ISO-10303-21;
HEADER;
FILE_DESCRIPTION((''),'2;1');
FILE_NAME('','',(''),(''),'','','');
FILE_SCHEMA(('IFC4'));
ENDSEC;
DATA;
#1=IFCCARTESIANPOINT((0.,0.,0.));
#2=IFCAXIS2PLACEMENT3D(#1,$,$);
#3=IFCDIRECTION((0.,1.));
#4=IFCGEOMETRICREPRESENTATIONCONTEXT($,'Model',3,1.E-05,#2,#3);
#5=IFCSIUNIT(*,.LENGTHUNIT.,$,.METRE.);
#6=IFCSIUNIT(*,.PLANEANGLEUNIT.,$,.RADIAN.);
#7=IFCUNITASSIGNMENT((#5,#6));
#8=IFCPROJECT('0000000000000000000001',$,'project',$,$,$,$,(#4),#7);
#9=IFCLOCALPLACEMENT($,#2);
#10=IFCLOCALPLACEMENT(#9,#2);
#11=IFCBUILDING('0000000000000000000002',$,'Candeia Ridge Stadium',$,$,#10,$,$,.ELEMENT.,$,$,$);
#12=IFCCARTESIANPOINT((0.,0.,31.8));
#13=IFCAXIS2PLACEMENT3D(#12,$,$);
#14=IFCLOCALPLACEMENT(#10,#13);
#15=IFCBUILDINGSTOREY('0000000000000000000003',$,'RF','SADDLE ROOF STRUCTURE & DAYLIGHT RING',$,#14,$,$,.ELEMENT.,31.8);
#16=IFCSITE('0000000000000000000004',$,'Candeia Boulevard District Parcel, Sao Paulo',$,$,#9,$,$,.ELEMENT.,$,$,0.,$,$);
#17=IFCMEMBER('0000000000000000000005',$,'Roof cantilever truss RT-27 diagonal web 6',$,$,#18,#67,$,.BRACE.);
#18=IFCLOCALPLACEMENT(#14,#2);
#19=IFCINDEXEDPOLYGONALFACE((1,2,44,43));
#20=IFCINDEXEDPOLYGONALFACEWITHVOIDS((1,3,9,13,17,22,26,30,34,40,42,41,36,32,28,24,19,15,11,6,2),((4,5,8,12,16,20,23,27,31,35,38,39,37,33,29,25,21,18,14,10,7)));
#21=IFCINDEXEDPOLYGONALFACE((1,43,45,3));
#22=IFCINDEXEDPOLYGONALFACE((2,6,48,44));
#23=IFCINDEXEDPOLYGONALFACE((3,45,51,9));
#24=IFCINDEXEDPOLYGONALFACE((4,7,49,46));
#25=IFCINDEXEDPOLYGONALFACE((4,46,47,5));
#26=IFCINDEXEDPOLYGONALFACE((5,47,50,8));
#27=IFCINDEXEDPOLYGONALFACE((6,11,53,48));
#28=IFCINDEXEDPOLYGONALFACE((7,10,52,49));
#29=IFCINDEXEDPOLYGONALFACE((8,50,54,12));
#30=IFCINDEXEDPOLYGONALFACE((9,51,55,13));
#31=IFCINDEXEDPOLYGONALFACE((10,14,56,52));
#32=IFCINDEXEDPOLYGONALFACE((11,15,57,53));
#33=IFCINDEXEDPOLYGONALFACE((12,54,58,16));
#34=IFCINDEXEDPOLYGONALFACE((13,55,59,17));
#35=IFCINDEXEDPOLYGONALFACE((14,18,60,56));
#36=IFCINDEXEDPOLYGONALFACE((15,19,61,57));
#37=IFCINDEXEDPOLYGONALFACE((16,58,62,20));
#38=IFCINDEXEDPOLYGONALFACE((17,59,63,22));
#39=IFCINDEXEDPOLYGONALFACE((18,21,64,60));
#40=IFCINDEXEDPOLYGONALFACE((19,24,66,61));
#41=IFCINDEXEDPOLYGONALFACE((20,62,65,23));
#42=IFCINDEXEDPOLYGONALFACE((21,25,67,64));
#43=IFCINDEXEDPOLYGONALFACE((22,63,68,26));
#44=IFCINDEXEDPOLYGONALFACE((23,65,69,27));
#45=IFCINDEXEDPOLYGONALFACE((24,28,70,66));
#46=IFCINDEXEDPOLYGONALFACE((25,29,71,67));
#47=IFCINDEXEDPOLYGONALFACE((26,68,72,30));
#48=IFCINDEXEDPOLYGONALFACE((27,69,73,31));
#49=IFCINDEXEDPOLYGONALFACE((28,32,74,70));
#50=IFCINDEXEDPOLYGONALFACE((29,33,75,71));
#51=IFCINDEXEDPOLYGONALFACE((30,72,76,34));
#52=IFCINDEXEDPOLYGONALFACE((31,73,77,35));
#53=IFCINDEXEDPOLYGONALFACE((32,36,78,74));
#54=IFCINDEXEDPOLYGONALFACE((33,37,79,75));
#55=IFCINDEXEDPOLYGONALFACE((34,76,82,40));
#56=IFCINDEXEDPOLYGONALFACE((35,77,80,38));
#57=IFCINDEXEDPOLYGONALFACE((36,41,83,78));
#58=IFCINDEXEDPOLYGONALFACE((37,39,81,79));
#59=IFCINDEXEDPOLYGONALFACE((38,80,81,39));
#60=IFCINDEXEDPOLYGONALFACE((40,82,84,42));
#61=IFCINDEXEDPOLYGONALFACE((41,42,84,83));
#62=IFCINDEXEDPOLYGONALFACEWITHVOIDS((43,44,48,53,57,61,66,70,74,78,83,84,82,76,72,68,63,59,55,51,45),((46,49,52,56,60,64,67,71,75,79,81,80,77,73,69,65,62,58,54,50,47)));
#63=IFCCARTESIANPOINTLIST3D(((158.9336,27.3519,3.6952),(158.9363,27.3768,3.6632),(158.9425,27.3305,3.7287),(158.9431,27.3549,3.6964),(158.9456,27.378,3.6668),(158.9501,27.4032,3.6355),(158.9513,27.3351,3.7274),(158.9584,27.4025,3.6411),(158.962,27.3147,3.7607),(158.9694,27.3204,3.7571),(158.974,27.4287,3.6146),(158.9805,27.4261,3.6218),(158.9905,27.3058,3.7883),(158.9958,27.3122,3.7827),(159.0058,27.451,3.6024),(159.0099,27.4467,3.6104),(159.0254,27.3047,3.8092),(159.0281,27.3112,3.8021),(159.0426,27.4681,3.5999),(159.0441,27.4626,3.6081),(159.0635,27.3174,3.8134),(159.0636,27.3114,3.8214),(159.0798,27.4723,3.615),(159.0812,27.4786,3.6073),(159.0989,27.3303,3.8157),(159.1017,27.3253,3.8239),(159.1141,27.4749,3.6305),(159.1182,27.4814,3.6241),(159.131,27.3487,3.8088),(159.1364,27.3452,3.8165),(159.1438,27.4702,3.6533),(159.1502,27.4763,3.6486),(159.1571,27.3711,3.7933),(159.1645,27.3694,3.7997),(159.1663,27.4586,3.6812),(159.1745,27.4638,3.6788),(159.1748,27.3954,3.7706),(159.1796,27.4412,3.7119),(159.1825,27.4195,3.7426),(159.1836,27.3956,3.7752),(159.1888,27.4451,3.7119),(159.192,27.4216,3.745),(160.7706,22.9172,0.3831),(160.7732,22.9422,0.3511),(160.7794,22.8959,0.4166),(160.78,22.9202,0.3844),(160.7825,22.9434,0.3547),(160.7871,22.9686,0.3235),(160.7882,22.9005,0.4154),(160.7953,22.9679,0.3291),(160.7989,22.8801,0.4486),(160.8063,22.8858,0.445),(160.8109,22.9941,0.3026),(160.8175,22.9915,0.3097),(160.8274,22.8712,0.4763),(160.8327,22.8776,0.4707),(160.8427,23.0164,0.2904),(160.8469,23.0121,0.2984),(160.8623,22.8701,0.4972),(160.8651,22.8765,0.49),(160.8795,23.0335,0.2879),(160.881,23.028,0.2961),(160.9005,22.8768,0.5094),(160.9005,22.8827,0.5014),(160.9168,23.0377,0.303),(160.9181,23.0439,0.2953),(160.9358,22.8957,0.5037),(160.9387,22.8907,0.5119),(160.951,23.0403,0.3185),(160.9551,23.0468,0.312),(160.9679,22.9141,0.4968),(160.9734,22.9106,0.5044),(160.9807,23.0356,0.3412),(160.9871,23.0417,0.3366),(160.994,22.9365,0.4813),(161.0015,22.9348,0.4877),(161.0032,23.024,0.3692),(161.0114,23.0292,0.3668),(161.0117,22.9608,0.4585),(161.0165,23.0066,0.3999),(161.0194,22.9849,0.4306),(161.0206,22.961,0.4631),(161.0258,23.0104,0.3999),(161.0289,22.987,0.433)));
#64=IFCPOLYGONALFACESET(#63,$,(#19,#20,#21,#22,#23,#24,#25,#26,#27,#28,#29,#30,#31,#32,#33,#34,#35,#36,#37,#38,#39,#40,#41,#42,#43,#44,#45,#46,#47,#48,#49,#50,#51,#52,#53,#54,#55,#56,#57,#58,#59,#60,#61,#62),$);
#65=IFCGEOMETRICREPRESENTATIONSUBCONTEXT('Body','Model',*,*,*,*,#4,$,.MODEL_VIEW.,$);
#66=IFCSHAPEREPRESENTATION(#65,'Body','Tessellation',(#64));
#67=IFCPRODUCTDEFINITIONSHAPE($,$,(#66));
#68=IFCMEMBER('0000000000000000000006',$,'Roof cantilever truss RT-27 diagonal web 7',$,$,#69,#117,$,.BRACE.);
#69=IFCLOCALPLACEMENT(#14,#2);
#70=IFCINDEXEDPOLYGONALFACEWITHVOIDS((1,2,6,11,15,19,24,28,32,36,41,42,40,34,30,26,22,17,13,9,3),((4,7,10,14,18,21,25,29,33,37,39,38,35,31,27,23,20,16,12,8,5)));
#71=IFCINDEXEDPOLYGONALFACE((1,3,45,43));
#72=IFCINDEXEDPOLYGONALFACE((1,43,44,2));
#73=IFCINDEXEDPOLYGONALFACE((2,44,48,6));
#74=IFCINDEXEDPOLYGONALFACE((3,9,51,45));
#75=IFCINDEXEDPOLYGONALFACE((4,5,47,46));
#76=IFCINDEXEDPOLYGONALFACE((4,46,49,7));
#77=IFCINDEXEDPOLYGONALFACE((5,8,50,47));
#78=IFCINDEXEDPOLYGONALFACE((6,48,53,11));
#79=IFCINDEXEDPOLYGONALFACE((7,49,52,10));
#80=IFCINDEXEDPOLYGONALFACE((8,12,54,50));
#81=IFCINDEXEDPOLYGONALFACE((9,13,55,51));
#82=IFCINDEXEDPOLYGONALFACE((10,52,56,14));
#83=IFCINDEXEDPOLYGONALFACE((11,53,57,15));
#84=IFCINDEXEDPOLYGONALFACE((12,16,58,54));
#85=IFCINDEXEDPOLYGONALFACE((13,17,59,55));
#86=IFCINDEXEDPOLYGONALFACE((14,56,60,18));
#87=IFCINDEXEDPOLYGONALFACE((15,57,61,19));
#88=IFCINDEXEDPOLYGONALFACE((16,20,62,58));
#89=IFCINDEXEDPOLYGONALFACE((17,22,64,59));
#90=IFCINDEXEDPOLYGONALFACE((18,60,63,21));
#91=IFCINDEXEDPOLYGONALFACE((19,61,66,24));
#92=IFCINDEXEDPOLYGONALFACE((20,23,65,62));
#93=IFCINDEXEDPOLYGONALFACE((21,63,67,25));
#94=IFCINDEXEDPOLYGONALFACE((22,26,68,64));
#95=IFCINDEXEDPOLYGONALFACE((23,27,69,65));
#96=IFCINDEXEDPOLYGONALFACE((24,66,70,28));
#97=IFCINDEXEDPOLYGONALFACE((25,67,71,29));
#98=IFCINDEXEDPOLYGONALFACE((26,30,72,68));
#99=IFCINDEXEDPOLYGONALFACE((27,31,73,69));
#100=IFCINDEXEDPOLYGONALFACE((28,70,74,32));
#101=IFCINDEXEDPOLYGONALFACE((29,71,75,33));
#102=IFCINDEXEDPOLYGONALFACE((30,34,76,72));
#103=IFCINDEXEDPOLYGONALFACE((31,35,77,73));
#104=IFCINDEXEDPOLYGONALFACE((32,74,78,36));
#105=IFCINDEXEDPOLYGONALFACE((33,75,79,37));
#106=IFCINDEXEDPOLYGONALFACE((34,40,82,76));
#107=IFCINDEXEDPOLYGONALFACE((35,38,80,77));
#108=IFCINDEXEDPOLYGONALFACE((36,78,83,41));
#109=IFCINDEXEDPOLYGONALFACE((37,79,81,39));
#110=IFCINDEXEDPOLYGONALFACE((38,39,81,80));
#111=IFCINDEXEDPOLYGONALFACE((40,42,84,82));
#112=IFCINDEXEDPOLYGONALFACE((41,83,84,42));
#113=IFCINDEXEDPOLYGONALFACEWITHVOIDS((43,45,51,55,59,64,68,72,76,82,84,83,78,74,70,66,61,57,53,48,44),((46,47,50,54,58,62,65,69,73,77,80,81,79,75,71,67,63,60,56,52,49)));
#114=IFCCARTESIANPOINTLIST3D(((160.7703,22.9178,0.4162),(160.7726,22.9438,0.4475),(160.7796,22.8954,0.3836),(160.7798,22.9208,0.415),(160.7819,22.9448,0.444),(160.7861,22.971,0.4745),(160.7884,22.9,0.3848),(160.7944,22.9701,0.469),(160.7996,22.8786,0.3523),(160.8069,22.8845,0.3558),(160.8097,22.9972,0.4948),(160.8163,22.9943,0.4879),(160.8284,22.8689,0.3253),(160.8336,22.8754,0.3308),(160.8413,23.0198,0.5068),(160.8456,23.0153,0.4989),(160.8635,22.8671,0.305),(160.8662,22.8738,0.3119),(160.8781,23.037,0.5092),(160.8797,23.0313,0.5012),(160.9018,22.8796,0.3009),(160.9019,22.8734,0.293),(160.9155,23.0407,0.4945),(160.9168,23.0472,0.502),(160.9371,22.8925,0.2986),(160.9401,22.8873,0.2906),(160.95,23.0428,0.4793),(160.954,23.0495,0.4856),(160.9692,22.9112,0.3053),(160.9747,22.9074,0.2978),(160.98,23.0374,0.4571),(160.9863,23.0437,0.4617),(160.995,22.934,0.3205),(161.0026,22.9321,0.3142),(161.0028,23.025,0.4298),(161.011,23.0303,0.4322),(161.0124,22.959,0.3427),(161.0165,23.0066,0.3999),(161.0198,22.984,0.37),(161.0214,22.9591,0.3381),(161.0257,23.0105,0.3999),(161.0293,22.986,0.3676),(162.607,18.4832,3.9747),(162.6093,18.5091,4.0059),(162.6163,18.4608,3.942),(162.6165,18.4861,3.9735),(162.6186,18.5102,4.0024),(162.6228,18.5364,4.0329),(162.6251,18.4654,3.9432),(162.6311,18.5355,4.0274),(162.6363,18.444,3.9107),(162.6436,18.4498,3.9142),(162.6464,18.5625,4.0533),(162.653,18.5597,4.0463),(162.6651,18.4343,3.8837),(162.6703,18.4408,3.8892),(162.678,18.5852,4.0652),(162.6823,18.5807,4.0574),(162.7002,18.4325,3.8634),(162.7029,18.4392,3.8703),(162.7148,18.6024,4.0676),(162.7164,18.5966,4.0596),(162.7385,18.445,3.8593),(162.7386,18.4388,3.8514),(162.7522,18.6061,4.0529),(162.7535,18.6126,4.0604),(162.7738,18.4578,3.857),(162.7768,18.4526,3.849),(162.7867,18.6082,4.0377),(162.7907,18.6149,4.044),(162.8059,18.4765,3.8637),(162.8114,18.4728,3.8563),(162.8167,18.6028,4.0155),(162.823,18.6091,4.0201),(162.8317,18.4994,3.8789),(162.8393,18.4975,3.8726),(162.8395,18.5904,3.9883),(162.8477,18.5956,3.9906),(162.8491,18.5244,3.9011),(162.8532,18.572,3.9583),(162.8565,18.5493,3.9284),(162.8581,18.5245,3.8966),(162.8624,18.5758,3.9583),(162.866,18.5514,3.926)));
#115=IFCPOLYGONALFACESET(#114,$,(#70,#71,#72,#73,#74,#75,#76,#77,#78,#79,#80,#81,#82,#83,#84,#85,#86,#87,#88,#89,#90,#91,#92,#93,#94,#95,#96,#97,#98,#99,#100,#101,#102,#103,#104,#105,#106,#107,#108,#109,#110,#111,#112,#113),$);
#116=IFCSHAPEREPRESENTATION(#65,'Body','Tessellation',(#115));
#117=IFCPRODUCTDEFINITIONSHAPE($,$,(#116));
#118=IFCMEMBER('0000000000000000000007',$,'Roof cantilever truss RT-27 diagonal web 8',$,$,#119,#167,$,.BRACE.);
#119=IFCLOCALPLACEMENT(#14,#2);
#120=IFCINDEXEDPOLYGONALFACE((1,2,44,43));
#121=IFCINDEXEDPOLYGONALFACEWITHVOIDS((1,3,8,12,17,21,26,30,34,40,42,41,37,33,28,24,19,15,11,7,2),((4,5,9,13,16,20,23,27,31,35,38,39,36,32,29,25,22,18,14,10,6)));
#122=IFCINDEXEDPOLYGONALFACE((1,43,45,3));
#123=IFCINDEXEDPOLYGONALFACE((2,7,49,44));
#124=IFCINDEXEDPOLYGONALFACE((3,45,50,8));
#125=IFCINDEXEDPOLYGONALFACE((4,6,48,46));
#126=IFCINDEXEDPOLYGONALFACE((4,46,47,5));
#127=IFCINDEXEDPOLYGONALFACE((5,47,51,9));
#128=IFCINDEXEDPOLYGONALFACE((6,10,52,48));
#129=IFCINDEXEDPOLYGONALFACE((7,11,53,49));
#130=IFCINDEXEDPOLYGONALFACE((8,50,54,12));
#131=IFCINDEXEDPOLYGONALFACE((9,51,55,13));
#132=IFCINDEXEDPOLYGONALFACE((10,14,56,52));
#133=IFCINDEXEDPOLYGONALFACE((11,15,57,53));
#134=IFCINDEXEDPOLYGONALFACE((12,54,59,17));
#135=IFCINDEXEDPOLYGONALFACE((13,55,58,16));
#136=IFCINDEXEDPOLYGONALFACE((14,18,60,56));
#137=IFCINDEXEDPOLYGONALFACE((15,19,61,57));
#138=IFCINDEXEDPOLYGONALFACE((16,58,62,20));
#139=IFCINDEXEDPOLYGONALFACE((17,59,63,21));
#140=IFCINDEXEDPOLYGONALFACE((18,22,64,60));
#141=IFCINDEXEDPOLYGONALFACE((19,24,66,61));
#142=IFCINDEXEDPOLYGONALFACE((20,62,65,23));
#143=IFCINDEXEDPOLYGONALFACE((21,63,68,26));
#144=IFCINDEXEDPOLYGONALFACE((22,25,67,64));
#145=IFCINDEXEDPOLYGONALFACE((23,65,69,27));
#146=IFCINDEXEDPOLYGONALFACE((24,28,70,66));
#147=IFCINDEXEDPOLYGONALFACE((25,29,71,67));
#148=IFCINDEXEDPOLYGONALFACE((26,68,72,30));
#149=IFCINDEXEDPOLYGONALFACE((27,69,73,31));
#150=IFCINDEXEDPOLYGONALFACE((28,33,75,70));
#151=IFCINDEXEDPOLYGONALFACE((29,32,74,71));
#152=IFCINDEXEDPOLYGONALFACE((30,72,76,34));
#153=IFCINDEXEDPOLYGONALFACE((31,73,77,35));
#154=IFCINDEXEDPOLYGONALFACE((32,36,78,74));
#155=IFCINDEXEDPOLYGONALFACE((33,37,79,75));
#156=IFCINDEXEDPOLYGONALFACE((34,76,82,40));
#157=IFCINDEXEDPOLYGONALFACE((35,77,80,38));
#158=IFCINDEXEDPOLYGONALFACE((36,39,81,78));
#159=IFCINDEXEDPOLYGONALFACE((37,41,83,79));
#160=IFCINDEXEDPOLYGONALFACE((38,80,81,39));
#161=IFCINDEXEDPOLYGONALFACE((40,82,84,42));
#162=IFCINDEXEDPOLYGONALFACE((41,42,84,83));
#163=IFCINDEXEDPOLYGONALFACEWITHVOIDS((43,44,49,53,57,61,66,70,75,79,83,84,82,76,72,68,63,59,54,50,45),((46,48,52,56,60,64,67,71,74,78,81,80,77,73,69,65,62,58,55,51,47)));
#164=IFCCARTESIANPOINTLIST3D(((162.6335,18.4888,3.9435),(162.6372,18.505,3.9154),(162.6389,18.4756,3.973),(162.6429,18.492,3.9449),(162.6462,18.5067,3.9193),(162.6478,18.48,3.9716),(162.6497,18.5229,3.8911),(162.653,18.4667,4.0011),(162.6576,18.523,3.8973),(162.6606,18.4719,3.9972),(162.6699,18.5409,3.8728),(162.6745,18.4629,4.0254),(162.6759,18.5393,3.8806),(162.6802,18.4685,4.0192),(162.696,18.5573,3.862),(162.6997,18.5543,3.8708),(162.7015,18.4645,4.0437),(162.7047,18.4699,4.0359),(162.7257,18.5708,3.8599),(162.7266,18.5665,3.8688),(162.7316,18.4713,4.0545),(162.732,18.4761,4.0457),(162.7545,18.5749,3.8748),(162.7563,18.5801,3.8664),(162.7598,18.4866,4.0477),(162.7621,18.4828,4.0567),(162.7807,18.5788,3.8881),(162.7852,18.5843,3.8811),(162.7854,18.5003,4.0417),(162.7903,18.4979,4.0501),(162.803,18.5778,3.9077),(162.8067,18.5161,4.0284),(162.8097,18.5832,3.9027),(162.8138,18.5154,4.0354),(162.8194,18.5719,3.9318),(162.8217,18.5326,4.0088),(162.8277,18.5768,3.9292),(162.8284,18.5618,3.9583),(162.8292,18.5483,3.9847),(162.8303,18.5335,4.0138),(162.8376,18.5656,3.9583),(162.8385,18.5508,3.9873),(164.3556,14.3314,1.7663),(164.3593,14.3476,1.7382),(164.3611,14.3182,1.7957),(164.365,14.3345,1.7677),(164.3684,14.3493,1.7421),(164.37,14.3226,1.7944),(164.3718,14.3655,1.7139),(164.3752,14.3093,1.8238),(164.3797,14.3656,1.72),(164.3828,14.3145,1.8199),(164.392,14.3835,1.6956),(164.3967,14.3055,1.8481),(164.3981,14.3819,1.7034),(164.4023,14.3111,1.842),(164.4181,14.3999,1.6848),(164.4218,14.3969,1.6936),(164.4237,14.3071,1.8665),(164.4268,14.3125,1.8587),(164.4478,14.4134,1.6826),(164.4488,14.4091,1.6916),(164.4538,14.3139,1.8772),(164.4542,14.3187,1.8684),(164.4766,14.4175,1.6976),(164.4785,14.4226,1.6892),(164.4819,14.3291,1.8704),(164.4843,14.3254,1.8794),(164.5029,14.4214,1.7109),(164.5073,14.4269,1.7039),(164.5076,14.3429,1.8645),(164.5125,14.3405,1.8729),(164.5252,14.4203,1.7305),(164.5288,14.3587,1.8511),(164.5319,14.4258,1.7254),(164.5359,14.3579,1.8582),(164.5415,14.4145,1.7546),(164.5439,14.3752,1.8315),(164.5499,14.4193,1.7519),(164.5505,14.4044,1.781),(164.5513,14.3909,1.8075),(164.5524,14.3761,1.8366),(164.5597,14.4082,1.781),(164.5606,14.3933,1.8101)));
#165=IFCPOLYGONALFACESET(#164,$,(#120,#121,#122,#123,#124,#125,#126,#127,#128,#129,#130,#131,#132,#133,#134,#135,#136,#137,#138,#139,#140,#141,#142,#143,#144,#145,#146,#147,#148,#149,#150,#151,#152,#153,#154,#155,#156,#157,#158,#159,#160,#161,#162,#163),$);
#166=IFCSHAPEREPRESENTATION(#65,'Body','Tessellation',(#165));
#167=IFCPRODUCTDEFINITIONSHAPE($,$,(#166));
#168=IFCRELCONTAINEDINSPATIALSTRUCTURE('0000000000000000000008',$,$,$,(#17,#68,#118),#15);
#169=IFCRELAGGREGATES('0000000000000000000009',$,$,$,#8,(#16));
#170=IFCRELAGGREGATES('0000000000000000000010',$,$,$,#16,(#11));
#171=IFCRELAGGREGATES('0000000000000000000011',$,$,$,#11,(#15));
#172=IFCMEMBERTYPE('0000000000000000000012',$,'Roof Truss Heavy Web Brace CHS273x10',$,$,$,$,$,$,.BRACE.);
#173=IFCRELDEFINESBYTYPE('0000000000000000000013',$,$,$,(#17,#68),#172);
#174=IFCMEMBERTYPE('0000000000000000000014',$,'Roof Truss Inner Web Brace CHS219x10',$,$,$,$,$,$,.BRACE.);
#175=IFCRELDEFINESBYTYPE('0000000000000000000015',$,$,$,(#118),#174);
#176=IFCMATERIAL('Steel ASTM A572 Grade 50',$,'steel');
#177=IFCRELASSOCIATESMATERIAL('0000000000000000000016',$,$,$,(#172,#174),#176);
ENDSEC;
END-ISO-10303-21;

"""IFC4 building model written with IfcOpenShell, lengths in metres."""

from ifc_helpers import new_model, si_unit, direction, frame, origin, origin_2d, place, context, subcontext, project, spatial, hollow_circle, extrude, material, material_profile, profile_set, type_object, element, save


model = new_model("IFC4")

# Units and contexts
model_context = context("Model", 3, precision=1e-05, world=origin(), true_north=direction((0.0, 1.0)))
body_context = subcontext(model_context, "Body", "Model", "MODEL_VIEW")
ifc_project = project(units=[si_unit("LENGTHUNIT", "METRE"), si_unit("PLANEANGLEUNIT", "RADIAN")], contexts=[model_context])

# Site, building, storey
site_placement = place(None, origin())
site = spatial("IfcSite", under=ifc_project, at=site_placement, Name="Candeia Boulevard District Parcel, Sao Paulo", CompositionType="ELEMENT", RefElevation=0.0)
building_placement = place(site_placement, origin())
building = spatial("IfcBuilding", under=site, at=building_placement, Name="Candeia Ridge Stadium", CompositionType="ELEMENT")
storey_placement = place(building_placement, frame((0.0, 0.0, 31.8)))
storey = spatial("IfcBuildingStorey", under=building, at=storey_placement, Name="RF", Description="SADDLE ROOF STRUCTURE & DAYLIGHT RING", CompositionType="ELEMENT", Elevation=31.8)

# Shared definitions
ifc_material_1 = material(Name="Steel ASTM A572 Grade 50", Category="steel")

# Members
ifc_material_profile_1 = material_profile(ifc_material_1, hollow_circle(Radius=0.1365, WallThickness=0.01, at=origin_2d()), Name="CHS273x10", Category="steel")
ifc_profile_set_1 = profile_set([ifc_material_profile_1], Name="Steel ASTM A572 Grade 50")
member_type_1 = type_object("IfcMemberType", Name="Roof Truss Heavy Web Brace CHS273x10", PredefinedType="BRACE", material=ifc_profile_set_1)
member_1_placement = place(storey_placement, frame((159.0627, 27.3928, 3.7119), z_axis=(0.314986, -0.760421, -0.567929), x_axis=(0.923875, 0.382693, 0.0)))
element("IfcMember", 1, at=member_1_placement, inside=storey, type_object=member_type_1, Name="Roof cantilever truss RT-27 diagonal web 6", PredefinedType="BRACE", context=body_context, shape_type="SweptSolid", body=[
    extrude(hollow_circle(Radius=0.1365, WallThickness=0.01, at=origin_2d()), origin(), (0.0, 0.0, 1.0), 5.8318),
])
member_2_placement = place(storey_placement, frame((160.8997, 22.9583, 0.3999), z_axis=(0.307392, -0.742188, 0.59554), x_axis=(0.923893, 0.38265, 0.0)))
element("IfcMember", 2, at=member_2_placement, inside=storey, type_object=member_type_1, Name="Roof cantilever truss RT-27 diagonal web 7", PredefinedType="BRACE", context=body_context, shape_type="SweptSolid", body=[
    extrude(hollow_circle(Radius=0.1365, WallThickness=0.01, at=origin_2d()), origin(), (0.0, 0.0, 1.0), 5.9751),
])
ifc_material_profile_2 = material_profile(ifc_material_1, hollow_circle(Radius=0.1096, WallThickness=0.01, at=origin_2d()), Name="CHS219x10", Category="steel")
ifc_profile_set_2 = profile_set([ifc_material_profile_2], Name="Steel ASTM A572 Grade 50")
member_type_2 = type_object("IfcMemberType", Name="Roof Truss Inner Web Brace CHS219x10", PredefinedType="BRACE", material=ifc_profile_set_2)
member_3_placement = place(storey_placement, frame((162.7363, 18.5237, 3.9583), z_axis=(0.344497, -0.831647, -0.435529), x_axis=(0.923873, 0.3827, 0.0)))
element("IfcMember", 3, at=member_3_placement, inside=storey, type_object=member_type_2, Name="Roof cantilever truss RT-27 diagonal web 8", PredefinedType="BRACE", context=body_context, shape_type="SweptSolid", body=[
    extrude(hollow_circle(Radius=0.1096, WallThickness=0.01, at=origin_2d()), origin(), (0.0, 0.0, 1.0), 4.999),
])

save(model, "model.ifc")
